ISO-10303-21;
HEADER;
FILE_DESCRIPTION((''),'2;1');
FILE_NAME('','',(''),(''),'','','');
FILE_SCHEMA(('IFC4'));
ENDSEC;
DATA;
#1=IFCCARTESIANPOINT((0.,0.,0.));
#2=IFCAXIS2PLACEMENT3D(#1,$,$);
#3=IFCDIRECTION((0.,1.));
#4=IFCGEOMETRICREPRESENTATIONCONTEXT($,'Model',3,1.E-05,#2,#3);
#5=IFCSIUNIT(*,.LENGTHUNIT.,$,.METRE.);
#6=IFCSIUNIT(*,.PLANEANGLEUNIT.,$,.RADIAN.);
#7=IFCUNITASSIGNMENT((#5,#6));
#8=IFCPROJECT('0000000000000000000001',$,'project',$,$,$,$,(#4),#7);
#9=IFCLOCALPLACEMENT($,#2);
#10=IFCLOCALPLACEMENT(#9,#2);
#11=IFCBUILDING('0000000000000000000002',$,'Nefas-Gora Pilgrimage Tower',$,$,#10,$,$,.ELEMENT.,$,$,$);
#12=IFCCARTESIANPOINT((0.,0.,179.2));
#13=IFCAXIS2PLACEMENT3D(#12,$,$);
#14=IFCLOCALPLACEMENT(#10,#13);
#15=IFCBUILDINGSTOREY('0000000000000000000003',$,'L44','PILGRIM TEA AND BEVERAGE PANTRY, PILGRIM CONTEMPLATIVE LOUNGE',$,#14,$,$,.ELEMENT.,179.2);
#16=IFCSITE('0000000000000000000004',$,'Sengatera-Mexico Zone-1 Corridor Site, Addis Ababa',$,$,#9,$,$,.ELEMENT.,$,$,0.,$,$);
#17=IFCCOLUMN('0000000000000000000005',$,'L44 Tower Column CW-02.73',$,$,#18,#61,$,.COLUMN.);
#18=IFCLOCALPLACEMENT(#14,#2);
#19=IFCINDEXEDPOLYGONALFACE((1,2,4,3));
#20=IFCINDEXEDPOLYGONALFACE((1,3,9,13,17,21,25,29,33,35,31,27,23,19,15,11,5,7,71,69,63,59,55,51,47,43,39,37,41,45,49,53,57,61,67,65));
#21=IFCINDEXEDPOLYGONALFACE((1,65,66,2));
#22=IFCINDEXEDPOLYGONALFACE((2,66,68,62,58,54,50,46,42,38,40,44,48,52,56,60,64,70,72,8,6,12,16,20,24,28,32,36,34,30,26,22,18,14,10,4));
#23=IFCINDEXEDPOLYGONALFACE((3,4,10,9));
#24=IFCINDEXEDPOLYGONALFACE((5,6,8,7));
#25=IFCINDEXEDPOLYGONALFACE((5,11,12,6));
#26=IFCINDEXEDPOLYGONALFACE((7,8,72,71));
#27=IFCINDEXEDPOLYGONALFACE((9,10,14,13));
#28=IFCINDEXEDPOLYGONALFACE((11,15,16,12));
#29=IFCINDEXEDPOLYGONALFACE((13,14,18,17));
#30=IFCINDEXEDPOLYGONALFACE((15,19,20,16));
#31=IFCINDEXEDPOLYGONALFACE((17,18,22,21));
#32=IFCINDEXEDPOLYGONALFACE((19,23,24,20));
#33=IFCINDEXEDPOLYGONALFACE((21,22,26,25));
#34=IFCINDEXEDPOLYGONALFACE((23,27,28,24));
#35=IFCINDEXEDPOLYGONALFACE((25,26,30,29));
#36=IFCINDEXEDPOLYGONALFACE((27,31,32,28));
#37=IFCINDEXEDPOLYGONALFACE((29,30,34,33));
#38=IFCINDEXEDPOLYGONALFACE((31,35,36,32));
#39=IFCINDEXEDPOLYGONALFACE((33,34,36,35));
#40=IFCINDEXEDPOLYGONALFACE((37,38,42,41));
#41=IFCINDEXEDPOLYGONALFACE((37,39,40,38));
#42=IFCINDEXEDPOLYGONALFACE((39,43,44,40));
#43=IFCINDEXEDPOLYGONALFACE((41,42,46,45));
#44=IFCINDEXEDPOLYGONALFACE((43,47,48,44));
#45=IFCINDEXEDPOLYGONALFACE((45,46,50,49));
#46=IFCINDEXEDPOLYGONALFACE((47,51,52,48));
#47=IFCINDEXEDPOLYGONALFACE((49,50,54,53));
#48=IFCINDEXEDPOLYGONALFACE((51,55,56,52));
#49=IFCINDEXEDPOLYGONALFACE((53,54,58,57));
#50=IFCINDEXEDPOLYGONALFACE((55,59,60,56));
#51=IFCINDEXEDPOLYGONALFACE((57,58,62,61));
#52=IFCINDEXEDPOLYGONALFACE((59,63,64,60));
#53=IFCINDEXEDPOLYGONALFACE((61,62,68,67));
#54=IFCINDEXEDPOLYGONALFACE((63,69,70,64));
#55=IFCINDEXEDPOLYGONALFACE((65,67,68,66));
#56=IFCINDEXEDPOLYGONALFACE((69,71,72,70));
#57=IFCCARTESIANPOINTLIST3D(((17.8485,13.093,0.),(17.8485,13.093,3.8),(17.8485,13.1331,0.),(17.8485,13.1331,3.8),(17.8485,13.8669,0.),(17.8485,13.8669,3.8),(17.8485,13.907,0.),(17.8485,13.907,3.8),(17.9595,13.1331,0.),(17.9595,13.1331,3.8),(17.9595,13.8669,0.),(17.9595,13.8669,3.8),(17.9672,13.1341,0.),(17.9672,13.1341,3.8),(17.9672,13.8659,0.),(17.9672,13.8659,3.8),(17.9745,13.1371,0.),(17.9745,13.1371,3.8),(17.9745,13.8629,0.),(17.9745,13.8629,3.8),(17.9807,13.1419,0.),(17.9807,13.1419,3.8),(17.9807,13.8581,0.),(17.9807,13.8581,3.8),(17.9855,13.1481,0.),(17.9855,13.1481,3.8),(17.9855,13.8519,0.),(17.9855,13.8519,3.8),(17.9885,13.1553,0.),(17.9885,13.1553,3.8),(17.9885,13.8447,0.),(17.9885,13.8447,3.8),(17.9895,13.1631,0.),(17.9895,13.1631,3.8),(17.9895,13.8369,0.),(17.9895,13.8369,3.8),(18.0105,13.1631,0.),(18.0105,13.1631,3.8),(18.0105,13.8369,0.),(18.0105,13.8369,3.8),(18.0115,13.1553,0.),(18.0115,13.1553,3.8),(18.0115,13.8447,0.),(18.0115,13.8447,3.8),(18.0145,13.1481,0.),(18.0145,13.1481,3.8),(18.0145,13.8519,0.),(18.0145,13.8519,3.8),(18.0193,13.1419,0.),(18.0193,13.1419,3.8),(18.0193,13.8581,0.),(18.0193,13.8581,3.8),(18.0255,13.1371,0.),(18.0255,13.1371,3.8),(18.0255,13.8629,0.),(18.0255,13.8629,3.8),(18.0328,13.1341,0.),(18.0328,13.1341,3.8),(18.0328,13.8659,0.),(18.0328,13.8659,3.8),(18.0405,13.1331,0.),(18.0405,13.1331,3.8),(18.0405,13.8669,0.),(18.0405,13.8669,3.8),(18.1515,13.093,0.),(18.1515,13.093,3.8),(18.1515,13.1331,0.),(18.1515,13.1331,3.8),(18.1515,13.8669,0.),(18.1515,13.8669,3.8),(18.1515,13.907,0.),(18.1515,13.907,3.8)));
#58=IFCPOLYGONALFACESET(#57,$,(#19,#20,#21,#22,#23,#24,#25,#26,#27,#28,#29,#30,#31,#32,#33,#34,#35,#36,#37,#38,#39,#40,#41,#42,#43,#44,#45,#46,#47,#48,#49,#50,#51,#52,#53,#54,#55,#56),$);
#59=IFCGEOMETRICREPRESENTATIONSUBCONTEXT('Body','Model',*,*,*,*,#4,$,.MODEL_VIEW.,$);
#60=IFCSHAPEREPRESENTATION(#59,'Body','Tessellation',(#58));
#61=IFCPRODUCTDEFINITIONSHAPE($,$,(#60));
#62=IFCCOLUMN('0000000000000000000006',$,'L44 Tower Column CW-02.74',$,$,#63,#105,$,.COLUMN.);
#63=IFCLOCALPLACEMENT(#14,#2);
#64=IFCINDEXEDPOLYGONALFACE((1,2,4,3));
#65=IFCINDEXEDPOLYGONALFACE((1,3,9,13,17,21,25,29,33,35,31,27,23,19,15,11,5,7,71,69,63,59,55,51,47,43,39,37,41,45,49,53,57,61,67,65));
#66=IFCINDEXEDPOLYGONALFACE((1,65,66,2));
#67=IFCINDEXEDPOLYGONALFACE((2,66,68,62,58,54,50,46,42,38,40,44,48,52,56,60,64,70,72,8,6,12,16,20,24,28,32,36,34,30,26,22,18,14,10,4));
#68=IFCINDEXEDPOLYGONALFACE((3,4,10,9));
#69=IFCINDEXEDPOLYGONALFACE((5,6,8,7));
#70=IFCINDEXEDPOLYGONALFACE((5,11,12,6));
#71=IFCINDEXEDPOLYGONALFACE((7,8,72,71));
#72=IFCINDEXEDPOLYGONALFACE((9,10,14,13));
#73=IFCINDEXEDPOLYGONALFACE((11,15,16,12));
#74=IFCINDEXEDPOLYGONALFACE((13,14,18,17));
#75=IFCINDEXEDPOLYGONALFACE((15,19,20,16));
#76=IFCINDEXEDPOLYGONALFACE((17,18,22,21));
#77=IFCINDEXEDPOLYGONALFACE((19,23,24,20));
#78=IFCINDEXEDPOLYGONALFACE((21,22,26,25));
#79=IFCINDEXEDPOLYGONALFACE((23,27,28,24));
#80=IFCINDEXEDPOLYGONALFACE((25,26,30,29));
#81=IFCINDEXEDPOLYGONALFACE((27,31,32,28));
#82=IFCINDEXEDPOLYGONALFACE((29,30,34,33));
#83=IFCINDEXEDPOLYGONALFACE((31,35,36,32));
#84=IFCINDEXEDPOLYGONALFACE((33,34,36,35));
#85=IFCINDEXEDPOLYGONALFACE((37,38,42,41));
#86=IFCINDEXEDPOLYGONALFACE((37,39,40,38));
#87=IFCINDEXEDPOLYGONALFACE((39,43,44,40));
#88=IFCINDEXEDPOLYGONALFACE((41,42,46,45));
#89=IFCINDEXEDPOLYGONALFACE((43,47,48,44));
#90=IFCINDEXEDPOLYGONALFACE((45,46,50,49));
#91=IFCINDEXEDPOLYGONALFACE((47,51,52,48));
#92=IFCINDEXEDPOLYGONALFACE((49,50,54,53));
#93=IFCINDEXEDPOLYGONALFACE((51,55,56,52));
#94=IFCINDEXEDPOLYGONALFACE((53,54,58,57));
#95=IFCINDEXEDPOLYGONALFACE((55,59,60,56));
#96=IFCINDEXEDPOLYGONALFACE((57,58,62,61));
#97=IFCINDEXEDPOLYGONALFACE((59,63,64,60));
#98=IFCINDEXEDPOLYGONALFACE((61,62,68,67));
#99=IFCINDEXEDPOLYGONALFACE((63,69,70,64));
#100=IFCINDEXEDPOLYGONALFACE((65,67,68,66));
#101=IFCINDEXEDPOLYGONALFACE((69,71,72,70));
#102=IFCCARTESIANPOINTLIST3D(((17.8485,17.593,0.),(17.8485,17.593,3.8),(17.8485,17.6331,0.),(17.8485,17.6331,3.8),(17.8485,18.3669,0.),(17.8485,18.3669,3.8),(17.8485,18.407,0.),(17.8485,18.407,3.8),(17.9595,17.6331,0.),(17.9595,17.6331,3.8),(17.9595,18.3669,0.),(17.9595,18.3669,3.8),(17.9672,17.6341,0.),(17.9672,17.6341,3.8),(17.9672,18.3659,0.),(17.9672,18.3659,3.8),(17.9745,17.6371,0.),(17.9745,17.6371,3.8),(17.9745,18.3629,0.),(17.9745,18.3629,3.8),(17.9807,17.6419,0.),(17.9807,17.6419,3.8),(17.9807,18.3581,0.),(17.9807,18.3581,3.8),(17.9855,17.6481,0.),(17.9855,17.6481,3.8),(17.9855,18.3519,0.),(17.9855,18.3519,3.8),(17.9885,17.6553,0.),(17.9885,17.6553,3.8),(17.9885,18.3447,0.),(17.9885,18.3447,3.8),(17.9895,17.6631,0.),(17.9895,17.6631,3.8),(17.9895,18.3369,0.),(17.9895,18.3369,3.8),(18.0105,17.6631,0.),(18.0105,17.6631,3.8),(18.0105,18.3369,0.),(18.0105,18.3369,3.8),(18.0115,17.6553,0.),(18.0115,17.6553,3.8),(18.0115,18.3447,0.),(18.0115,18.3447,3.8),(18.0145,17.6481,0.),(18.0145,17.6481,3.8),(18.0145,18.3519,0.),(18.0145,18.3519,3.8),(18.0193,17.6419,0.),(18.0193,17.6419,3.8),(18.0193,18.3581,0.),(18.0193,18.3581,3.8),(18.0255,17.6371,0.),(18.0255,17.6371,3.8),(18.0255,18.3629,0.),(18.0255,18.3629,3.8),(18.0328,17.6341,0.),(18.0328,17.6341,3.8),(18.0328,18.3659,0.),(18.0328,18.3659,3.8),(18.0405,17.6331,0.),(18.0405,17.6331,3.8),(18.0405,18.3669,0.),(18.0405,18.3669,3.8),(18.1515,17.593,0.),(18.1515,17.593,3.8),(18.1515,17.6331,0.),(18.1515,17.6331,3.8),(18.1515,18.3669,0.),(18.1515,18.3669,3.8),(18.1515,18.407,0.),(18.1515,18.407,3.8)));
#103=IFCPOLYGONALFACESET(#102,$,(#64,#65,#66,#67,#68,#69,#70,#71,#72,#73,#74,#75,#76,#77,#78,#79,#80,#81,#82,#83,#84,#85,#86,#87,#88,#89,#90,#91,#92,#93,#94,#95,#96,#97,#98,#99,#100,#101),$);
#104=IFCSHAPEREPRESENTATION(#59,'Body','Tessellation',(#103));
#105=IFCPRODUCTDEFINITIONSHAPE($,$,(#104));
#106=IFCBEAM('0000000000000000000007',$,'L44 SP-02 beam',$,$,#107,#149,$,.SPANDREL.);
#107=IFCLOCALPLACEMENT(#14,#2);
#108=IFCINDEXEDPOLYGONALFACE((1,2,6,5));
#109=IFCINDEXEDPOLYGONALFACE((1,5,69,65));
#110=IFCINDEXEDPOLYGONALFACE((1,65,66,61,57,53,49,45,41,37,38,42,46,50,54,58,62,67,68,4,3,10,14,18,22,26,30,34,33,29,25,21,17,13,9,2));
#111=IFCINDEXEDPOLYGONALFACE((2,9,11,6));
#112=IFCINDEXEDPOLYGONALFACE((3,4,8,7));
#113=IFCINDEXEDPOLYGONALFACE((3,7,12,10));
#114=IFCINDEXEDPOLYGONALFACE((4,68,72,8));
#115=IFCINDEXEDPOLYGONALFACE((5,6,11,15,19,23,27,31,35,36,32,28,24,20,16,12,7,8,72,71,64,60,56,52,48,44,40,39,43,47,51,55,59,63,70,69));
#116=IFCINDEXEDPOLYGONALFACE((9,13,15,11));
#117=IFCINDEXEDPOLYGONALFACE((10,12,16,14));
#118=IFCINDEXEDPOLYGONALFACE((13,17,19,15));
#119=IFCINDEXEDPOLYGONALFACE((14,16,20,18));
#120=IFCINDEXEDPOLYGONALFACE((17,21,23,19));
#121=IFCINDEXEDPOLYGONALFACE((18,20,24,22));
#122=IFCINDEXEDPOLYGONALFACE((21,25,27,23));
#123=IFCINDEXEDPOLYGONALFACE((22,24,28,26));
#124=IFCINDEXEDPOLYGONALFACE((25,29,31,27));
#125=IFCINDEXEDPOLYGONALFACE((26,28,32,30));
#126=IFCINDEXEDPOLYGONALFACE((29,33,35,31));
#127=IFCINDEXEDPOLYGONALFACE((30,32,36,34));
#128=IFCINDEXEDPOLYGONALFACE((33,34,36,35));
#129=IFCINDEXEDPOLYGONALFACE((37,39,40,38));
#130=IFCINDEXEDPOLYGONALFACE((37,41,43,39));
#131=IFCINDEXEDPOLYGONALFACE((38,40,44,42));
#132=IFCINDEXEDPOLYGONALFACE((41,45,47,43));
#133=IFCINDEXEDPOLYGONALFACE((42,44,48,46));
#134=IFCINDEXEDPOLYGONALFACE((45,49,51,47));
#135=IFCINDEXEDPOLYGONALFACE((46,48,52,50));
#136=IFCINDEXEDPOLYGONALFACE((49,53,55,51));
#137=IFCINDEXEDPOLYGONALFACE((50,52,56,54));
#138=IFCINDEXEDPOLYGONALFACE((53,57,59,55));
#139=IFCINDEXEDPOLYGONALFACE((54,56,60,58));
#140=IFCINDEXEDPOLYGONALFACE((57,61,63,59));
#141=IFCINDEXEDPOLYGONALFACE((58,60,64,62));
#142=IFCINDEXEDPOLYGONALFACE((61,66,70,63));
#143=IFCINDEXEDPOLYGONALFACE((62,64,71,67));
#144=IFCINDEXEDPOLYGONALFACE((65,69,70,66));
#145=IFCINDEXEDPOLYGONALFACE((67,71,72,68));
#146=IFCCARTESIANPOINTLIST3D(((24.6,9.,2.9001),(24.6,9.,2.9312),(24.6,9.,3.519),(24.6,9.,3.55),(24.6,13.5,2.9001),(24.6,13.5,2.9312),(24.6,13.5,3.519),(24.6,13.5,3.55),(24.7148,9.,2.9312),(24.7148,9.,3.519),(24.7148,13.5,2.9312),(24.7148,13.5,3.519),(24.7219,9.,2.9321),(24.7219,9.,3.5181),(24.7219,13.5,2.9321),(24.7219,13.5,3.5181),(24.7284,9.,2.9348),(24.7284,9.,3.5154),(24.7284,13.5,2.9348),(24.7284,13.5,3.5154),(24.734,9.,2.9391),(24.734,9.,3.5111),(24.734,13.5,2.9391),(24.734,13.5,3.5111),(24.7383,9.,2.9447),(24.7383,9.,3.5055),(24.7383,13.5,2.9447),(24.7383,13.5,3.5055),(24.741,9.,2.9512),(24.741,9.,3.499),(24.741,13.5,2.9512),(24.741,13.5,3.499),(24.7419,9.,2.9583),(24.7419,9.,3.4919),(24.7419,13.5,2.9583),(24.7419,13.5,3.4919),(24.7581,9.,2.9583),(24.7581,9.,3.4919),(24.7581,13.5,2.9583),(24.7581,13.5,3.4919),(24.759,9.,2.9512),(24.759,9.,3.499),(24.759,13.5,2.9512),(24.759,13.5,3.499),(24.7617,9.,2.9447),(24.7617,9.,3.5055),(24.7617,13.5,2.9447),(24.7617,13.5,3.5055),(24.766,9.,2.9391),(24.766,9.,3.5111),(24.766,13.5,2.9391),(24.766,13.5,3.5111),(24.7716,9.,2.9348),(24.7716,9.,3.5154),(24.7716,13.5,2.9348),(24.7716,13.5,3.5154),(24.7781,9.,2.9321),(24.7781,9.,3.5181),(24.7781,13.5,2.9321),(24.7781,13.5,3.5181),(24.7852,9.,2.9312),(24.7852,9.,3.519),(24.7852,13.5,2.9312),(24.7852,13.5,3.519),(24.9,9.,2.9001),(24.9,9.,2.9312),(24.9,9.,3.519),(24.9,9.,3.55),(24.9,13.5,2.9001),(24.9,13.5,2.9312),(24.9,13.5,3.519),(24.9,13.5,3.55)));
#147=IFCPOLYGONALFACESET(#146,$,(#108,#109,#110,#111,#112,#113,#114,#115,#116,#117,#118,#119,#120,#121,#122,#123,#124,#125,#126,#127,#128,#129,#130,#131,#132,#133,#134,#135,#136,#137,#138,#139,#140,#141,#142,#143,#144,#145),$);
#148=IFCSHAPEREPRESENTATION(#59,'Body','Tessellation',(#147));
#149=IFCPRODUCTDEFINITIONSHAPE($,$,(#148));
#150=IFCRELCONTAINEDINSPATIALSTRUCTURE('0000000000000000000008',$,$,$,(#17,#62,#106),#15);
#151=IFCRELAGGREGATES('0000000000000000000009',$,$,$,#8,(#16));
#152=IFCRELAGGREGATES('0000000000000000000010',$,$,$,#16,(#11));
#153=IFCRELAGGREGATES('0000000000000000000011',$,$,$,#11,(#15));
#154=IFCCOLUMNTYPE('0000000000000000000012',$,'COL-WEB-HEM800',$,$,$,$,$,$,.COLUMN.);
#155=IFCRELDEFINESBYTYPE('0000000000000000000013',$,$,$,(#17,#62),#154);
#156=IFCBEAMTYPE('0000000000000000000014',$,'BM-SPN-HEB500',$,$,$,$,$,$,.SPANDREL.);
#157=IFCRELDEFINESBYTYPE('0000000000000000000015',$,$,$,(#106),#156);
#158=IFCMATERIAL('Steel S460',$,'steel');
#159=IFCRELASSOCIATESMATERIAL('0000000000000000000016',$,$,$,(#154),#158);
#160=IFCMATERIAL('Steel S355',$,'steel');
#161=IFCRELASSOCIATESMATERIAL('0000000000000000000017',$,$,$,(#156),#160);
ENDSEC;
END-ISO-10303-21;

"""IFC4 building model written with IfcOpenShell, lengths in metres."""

from ifc_helpers import new_model, si_unit, direction, frame, origin, origin_2d, place, context, subcontext, project, spatial, i_section, extrude, source, transform, mapped, material, material_profile, profile_set, type_object, element, save


model = new_model("IFC4")

# Units and contexts
model_context = context("Model", 3, precision=1e-05, world=origin(), true_north=direction((0.0, 1.0)))
body_context = subcontext(model_context, "Body", "Model", "MODEL_VIEW")
ifc_project = project(units=[si_unit("LENGTHUNIT", "METRE"), si_unit("PLANEANGLEUNIT", "RADIAN")], contexts=[model_context])

# Site, building, storey
site_placement = place(None, origin())
site = spatial("IfcSite", under=ifc_project, at=site_placement, Name="Sengatera-Mexico Zone-1 Corridor Site, Addis Ababa", CompositionType="ELEMENT", RefElevation=0.0)
building_placement = place(site_placement, origin())
building = spatial("IfcBuilding", under=site, at=building_placement, Name="Nefas-Gora Pilgrimage Tower", CompositionType="ELEMENT")
storey_placement = place(building_placement, frame((0.0, 0.0, 179.2)))
storey = spatial("IfcBuildingStorey", under=building, at=storey_placement, Name="L44", Description="PILGRIM TEA AND BEVERAGE PANTRY, PILGRIM CONTEMPLATIVE LOUNGE", CompositionType="ELEMENT", Elevation=179.2)

# Columns
ifc_material_1 = material(Name="Steel S460", Category="steel")
ifc_material_profile_1 = material_profile(ifc_material_1, i_section(OverallWidth=0.303, OverallDepth=0.814, WebThickness=0.021, FlangeThickness=0.04, FilletRadius=0.03, at=origin_2d()), Name="HEM 800")
ifc_profile_set_1 = profile_set([ifc_material_profile_1], Name="Steel S460")
column_type_1 = type_object("IfcColumnType", Name="COL-WEB-HEM800", PredefinedType="COLUMN", material=ifc_profile_set_1)
shared_shape_1 = source(origin(), body_context, "Body", "SweptSolid", [
    extrude(i_section(OverallWidth=0.303, OverallDepth=0.814, WebThickness=0.021, FlangeThickness=0.04, FilletRadius=0.03, at=origin_2d()), origin(), (0.0, 0.0, 1.0), 3.8),
])
for number, where, z_axis, x_axis, name in (
    (1, (18.0, 13.5, 0.0), (0.0, 0.0, 1.0), (1.0, 0.0, 0.0), "L44 Tower Column CW-02.73"),
    (2, (18.0, 18.0, 0.0), (0.0, 0.0, 1.0), (1.0, 0.0, 0.0), "L44 Tower Column CW-02.74"),
):
    element("IfcColumn", number, at=place(storey_placement, frame(where, z_axis=z_axis, x_axis=x_axis)), inside=storey, type_object=column_type_1, Name=name, PredefinedType="COLUMN", context=body_context, shape_type="MappedRepresentation", body=[
        mapped(shared_shape_1, transform((0.0, 0.0, 0.0), x_axis=(1.0, 0.0, 0.0), y_axis=(0.0, 1.0, 0.0), z_axis=(0.0, 0.0, 1.0), scale=1.0)),
    ])

# Beam
ifc_material_2 = material(Name="Steel S355", Category="steel")
ifc_material_profile_2 = material_profile(ifc_material_2, i_section(OverallWidth=0.3, OverallDepth=0.6499, WebThickness=0.0161, FlangeThickness=0.031, FilletRadius=0.0271, at=origin_2d()), Name="HEB 650")
ifc_profile_set_2 = profile_set([ifc_material_profile_2], Name="Steel S355")
beam_type_1 = type_object("IfcBeamType", Name="BM-SPN-HEB500", PredefinedType="SPANDREL", material=ifc_profile_set_2)
shared_shape_2 = source(origin(), body_context, "Body", "SweptSolid", [
    extrude(i_section(OverallWidth=0.3, OverallDepth=0.6499, WebThickness=0.0161, FlangeThickness=0.031, FilletRadius=0.0271, at=origin_2d()), origin(), (0.0, 0.0, 1.0), 4.5),
])
beam_1_placement = place(storey_placement, frame((24.75, 9.0, 3.2251), z_axis=(0.0, 1.0, 0.0), x_axis=(-1.0, 0.0, 0.0)))
element("IfcBeam", 3, at=beam_1_placement, inside=storey, type_object=beam_type_1, Name="L44 SP-02 beam", PredefinedType="SPANDREL", context=body_context, shape_type="MappedRepresentation", body=[
    mapped(shared_shape_2, transform((0.0, 0.0, 0.0), x_axis=(1.0, 0.0, 0.0), y_axis=(0.0, 1.0, 0.0), z_axis=(0.0, 0.0, 1.0), scale=1.0)),
])

save(model, "model.ifc")
